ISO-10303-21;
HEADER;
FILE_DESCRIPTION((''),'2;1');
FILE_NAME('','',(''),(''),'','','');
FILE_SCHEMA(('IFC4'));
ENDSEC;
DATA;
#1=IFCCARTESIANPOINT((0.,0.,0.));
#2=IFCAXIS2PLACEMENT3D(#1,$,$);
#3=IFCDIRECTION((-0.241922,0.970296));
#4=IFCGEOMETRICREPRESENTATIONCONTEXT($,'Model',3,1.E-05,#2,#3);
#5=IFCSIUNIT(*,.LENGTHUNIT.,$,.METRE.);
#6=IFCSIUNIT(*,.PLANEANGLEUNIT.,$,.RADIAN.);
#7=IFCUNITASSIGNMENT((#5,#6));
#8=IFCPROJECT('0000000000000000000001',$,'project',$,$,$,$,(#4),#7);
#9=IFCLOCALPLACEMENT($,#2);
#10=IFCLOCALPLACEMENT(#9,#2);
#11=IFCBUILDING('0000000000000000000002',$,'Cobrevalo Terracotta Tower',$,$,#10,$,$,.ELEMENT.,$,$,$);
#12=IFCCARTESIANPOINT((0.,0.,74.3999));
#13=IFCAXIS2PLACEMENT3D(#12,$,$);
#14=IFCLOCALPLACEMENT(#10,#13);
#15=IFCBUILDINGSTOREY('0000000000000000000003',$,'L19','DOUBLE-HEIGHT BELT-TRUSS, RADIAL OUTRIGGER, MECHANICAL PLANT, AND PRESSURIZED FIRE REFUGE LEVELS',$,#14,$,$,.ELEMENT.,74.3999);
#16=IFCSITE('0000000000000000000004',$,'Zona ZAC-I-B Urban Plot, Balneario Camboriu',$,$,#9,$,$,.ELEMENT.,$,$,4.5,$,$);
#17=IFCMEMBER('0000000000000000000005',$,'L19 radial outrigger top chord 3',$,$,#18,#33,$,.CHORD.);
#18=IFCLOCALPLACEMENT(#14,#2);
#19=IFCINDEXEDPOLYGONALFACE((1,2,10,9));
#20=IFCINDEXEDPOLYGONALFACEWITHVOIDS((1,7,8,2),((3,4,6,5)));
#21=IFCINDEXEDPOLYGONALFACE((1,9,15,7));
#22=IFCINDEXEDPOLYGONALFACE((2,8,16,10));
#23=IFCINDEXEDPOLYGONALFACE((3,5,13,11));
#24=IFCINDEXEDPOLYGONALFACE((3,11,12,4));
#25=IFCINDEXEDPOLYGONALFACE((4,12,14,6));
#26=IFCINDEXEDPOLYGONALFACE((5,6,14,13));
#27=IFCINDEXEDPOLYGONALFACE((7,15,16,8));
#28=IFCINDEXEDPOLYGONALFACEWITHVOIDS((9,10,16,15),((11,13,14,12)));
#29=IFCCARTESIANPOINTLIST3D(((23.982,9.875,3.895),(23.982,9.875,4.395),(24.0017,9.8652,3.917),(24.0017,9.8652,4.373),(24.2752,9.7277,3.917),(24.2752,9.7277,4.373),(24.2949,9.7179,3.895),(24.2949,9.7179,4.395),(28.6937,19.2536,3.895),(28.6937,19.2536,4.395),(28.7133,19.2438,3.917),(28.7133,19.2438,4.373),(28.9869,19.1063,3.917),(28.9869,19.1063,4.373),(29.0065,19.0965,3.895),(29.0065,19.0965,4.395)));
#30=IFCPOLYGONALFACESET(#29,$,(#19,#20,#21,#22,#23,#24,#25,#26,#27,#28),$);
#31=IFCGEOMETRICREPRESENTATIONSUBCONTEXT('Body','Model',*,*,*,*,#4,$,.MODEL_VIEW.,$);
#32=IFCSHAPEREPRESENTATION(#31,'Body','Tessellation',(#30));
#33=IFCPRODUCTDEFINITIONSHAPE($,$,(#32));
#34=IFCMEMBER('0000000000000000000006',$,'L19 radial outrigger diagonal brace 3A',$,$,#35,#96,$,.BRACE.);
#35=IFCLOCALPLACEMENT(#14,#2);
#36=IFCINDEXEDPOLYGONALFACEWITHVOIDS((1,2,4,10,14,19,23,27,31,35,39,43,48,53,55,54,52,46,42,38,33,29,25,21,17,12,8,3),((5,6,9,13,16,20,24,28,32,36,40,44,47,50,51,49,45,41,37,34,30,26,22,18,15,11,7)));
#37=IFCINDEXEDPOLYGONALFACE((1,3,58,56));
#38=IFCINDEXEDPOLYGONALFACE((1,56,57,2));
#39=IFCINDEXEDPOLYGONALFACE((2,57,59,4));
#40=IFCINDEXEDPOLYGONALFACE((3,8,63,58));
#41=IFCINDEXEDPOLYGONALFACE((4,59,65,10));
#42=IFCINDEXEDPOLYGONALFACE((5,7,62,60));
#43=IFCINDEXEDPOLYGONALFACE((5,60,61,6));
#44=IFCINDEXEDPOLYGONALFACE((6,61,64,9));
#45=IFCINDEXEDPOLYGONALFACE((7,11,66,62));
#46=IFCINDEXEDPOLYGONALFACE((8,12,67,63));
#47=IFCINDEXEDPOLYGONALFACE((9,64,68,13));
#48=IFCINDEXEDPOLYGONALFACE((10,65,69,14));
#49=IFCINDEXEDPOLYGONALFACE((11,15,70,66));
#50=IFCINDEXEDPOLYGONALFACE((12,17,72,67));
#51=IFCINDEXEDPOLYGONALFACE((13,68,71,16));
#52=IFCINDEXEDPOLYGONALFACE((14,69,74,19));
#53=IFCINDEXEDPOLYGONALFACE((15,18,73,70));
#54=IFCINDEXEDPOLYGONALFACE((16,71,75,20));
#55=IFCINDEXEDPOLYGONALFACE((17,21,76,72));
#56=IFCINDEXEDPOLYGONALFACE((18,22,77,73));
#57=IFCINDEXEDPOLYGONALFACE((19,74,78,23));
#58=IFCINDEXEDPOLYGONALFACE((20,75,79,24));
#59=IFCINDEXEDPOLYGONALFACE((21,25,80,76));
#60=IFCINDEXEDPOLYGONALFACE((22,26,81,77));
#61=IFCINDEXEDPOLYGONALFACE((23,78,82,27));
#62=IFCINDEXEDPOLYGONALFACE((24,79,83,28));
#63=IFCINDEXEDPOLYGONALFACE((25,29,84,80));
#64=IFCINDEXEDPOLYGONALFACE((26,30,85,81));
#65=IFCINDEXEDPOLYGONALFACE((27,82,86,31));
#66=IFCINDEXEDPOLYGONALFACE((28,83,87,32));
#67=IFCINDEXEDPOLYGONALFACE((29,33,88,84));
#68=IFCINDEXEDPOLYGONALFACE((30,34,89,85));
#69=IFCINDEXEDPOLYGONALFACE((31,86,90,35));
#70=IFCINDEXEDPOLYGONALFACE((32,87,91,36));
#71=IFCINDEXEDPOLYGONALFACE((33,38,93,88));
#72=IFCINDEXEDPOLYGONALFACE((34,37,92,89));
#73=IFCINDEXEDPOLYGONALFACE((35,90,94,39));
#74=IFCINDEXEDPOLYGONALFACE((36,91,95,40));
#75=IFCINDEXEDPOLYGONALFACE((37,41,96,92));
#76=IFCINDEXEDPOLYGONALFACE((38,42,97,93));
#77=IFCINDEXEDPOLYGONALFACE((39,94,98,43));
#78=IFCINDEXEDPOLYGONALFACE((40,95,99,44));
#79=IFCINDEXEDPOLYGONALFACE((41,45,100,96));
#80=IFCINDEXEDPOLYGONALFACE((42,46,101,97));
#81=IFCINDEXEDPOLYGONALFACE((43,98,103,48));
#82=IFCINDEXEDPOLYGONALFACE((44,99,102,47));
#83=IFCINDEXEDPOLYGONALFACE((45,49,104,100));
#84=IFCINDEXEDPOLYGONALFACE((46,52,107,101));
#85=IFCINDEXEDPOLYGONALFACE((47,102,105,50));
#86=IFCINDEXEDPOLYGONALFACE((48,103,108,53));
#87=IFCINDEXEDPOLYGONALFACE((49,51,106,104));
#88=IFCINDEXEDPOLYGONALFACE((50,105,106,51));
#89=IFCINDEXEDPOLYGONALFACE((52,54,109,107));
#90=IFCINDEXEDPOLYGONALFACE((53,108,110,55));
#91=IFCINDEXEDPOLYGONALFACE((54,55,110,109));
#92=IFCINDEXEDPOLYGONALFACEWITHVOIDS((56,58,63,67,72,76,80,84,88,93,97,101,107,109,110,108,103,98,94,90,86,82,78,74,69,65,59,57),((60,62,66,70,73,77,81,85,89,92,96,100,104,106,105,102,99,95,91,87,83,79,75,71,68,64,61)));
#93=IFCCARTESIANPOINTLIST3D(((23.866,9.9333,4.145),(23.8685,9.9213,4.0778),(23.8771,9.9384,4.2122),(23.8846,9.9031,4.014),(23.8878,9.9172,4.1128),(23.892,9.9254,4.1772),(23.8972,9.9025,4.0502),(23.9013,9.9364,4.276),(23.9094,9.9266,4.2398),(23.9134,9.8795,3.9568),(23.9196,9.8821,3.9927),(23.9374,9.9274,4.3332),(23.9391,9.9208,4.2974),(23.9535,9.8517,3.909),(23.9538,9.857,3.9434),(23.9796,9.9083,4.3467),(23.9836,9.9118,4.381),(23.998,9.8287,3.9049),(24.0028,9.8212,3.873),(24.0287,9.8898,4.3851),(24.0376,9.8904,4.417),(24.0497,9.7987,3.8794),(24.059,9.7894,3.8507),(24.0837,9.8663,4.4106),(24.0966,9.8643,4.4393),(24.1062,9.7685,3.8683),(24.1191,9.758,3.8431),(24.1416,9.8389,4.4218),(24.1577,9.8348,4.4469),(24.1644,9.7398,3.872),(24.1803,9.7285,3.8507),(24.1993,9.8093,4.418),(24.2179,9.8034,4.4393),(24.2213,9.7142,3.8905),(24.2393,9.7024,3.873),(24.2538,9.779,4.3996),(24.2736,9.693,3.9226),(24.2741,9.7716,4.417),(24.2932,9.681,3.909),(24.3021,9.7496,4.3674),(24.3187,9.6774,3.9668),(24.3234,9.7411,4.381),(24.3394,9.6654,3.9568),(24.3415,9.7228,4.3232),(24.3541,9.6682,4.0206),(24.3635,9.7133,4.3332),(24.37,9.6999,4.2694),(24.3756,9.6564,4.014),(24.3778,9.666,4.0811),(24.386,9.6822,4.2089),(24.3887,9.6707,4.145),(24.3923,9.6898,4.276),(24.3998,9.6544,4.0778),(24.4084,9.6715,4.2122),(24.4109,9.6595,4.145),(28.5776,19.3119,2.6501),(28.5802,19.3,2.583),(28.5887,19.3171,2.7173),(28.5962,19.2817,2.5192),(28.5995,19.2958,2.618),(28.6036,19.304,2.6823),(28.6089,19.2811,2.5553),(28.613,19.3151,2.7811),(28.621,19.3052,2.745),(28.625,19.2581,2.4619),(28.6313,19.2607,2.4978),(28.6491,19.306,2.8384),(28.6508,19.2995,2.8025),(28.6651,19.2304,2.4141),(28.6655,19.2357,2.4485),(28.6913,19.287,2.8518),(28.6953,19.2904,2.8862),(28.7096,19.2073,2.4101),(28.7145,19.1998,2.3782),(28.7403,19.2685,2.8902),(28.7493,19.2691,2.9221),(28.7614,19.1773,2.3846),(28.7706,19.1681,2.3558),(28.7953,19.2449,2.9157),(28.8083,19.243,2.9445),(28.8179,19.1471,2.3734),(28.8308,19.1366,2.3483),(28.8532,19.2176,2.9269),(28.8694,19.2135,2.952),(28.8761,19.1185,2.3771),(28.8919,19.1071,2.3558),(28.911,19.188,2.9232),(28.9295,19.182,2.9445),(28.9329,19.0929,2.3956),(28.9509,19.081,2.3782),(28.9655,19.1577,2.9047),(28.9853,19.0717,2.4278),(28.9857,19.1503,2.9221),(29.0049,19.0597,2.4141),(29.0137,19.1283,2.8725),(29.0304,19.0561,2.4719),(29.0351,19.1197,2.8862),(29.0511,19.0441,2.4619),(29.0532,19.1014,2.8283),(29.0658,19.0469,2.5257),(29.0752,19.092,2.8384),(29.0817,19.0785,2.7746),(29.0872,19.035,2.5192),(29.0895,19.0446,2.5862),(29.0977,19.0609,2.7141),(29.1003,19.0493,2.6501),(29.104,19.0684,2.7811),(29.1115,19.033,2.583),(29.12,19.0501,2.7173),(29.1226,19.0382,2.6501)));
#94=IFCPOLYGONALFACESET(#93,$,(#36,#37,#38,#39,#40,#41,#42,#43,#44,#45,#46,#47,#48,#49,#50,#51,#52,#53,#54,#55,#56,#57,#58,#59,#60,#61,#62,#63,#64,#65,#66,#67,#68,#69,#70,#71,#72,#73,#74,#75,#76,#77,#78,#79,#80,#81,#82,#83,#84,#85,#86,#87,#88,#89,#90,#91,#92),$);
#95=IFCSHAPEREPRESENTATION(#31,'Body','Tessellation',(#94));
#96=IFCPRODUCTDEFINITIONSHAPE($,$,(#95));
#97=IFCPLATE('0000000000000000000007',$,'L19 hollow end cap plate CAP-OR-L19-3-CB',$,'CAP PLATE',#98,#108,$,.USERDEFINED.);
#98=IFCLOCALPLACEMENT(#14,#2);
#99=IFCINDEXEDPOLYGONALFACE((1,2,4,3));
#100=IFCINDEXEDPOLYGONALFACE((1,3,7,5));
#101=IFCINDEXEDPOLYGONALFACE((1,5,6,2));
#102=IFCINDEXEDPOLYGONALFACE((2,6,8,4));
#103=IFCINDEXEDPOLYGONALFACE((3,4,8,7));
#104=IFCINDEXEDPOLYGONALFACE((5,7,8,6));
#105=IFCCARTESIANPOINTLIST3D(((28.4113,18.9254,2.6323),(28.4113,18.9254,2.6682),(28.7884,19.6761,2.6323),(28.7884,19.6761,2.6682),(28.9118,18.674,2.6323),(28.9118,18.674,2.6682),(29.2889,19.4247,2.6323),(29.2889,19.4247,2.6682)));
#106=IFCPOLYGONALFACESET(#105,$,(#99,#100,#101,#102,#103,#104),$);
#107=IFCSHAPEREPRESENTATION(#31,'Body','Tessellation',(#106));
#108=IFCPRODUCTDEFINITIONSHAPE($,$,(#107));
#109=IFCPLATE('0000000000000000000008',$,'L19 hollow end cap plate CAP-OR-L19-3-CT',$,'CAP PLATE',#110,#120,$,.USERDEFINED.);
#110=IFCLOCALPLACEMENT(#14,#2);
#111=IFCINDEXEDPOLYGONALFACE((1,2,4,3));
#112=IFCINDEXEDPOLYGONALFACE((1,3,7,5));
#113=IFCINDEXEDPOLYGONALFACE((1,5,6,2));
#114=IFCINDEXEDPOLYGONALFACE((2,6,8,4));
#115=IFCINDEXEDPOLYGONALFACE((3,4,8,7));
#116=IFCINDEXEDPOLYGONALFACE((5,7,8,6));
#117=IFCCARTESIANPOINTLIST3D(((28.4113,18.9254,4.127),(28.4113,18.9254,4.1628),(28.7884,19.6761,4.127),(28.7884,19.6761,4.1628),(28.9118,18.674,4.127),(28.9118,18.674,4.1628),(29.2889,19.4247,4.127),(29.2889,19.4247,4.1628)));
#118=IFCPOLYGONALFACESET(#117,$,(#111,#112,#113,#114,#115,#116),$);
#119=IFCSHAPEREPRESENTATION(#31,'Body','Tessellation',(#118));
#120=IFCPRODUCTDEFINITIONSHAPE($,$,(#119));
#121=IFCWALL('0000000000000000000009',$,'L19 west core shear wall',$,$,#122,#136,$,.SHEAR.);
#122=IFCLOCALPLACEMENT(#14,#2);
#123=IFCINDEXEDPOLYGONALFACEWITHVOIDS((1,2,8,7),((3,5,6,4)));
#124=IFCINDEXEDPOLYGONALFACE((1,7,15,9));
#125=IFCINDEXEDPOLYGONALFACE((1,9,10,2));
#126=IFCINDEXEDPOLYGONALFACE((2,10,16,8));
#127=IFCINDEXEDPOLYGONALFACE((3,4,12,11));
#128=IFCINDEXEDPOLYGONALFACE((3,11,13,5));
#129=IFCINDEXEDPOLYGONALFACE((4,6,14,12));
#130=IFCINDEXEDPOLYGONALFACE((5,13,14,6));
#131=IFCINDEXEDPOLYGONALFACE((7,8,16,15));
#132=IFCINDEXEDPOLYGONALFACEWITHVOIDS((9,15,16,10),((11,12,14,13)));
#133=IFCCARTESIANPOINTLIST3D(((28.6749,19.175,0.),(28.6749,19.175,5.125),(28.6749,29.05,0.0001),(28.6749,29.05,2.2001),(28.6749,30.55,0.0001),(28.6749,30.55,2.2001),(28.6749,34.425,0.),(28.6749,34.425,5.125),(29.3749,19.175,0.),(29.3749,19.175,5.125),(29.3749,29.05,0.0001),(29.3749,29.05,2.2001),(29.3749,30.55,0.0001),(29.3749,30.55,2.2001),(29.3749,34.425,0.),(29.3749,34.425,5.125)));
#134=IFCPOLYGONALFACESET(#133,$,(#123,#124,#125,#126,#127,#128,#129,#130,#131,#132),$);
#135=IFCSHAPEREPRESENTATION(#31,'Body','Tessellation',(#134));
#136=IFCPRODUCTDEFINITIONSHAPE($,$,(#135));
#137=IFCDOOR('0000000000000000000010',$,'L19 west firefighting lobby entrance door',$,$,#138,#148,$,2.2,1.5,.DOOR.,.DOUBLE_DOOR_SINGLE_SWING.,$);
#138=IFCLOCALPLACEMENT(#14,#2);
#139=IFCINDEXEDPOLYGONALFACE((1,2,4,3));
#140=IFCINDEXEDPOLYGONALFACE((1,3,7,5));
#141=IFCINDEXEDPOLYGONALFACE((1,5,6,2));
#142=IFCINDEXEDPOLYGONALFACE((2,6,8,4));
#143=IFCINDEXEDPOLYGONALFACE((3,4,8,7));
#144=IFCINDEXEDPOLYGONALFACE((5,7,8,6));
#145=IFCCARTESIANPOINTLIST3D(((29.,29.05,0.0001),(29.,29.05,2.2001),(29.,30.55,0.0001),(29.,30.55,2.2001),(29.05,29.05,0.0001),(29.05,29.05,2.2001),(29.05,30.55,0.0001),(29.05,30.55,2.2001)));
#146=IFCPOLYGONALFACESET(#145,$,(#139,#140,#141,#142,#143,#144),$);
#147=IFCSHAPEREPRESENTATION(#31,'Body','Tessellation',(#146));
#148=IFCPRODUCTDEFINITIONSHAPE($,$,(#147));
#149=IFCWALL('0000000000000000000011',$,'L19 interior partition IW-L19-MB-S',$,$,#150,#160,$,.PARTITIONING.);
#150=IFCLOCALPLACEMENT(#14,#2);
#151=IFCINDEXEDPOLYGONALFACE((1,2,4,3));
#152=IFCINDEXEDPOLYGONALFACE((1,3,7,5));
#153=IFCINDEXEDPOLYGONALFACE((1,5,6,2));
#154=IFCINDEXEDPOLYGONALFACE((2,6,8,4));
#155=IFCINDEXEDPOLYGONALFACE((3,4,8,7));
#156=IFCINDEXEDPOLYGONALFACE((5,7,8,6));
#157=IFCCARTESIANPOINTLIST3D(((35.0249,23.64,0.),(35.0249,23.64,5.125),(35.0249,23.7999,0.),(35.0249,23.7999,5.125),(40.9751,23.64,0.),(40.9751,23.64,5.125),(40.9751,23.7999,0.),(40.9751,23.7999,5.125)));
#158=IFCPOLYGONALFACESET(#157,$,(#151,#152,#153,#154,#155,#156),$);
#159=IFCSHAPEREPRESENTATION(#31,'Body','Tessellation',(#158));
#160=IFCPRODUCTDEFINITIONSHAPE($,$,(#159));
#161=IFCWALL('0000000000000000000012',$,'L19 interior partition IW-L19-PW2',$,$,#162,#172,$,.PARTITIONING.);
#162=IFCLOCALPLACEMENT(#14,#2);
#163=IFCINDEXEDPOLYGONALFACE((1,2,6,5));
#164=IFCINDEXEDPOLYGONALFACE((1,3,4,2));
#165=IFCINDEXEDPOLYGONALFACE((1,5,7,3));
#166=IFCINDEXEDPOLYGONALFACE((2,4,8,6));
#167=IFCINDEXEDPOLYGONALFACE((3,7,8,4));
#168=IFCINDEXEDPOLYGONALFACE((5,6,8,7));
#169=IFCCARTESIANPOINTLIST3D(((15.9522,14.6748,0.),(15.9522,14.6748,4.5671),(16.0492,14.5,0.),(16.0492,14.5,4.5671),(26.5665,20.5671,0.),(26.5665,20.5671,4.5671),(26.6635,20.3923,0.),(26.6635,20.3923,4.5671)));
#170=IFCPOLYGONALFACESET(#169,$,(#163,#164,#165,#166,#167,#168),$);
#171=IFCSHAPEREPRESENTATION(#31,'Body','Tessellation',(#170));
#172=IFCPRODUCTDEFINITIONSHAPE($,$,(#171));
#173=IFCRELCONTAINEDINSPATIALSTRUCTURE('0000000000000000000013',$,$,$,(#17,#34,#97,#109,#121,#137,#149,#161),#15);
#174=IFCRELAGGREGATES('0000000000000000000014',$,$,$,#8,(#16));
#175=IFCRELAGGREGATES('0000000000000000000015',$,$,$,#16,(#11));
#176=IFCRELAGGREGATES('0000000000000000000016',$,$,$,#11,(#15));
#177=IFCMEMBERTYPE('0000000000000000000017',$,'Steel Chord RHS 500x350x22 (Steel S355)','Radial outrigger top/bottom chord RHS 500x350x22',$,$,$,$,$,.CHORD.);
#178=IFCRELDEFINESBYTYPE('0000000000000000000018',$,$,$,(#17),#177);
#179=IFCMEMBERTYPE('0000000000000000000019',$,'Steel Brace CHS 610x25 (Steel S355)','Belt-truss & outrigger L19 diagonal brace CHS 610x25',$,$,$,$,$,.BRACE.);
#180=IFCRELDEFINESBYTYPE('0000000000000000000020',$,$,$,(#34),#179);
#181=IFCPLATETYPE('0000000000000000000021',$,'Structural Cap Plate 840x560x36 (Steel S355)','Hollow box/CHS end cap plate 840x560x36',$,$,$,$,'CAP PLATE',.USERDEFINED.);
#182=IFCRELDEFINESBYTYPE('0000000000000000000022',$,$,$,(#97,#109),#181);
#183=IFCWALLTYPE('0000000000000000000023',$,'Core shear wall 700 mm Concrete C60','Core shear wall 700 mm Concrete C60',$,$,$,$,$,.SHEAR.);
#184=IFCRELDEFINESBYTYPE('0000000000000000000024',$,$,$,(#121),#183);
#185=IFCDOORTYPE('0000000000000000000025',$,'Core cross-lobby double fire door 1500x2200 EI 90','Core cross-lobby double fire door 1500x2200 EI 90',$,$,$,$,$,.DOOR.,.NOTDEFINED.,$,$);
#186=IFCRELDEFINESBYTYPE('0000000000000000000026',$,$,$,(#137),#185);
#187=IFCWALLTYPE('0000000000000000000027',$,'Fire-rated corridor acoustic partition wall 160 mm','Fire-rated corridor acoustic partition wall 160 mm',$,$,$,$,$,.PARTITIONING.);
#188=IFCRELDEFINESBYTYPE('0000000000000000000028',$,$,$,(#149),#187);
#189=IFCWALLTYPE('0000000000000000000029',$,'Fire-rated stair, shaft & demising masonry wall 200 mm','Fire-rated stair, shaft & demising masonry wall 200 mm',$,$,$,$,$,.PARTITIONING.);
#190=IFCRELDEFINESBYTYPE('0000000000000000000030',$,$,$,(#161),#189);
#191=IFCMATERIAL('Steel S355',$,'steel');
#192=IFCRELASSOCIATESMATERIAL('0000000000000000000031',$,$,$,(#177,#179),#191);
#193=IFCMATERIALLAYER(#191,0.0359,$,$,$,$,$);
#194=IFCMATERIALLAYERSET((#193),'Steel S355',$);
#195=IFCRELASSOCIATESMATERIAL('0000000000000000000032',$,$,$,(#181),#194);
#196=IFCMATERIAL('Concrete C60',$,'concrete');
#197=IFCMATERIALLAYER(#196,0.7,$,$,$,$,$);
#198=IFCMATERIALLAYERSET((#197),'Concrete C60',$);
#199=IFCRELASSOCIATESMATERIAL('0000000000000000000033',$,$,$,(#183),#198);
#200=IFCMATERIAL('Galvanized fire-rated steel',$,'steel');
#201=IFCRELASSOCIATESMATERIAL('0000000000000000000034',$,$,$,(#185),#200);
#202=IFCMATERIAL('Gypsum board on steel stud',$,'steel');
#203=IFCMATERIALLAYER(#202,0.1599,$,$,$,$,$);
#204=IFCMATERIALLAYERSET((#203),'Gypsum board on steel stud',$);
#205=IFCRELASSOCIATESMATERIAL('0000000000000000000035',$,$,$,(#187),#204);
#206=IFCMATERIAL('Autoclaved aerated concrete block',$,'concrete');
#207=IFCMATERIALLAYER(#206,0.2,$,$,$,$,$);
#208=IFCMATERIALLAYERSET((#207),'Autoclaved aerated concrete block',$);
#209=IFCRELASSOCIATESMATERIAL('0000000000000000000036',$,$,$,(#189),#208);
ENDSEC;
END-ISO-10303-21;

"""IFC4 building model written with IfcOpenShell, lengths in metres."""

from ifc_helpers import new_model, si_unit, direction, frame, frame_2d, origin, origin_2d, place, context, subcontext, project, spatial, rectangle, hollow_rectangle, hollow_circle, extrude, source, transform, mapped, material, layer, layer_set, material_profile, profile_set, type_object, element, fill, save


model = new_model("IFC4")

# Units and contexts
model_context = context("Model", 3, precision=1e-05, world=origin(), true_north=direction((-0.241922, 0.970296)))
body_context = subcontext(model_context, "Body", "Model", "MODEL_VIEW")
ifc_project = project(units=[si_unit("LENGTHUNIT", "METRE"), si_unit("PLANEANGLEUNIT", "RADIAN")], contexts=[model_context])

# Site, building, storey
site_placement = place(None, origin())
site = spatial("IfcSite", under=ifc_project, at=site_placement, Name="Zona ZAC-I-B Urban Plot, Balneario Camboriu", CompositionType="ELEMENT", RefElevation=4.5)
building_placement = place(site_placement, origin())
building = spatial("IfcBuilding", under=site, at=building_placement, Name="Cobrevalo Terracotta Tower", CompositionType="ELEMENT")
storey_placement = place(building_placement, frame((0.0, 0.0, 74.3999)))
storey = spatial("IfcBuildingStorey", under=building, at=storey_placement, Name="L19", Description="DOUBLE-HEIGHT BELT-TRUSS, RADIAL OUTRIGGER, MECHANICAL PLANT, AND PRESSURIZED FIRE REFUGE LEVELS", CompositionType="ELEMENT", Elevation=74.3999)

# Members
ifc_material_1 = material(Name="Steel S355", Category="steel")
ifc_material_profile_1 = material_profile(ifc_material_1, hollow_rectangle(XDim=0.3501, YDim=0.5, WallThickness=0.022, at=origin_2d()), Name="RHS 500x350x22")
ifc_profile_set_1 = profile_set([ifc_material_profile_1], Name="Steel S355")
member_type_1 = type_object("IfcMemberType", Name="Steel Chord RHS 500x350x22 (Steel S355)", Description="Radial outrigger top/bottom chord RHS 500x350x22", PredefinedType="CHORD", material=ifc_profile_set_1)
shared_shape_1 = source(origin(), body_context, "Body", "SweptSolid", [
    extrude(hollow_rectangle(XDim=0.3501, YDim=0.5, WallThickness=0.022, at=origin_2d()), origin(), (0.0, 0.0, 1.0), 10.4956),
])
member_1_placement = place(storey_placement, frame((28.8501, 19.175, 4.145), z_axis=(-0.448915, -0.893574, 0.0), x_axis=(0.893574, -0.448915, 0.0)))
element("IfcMember", 1, at=member_1_placement, inside=storey, type_object=member_type_1, Name="L19 radial outrigger top chord 3", PredefinedType="CHORD", context=body_context, shape_type="MappedRepresentation", body=[
    mapped(shared_shape_1, transform((0.0, 0.0, 0.0), scale=1.0)),
])
ifc_material_profile_2 = material_profile(ifc_material_1, hollow_circle(Radius=0.3049, WallThickness=0.0249, at=origin_2d()), Name="CHS 610x25")
ifc_profile_set_2 = profile_set([ifc_material_profile_2], Name="Steel S355")
member_type_2 = type_object("IfcMemberType", Name="Steel Brace CHS 610x25 (Steel S355)", Description="Belt-truss & outrigger L19 diagonal brace CHS 610x25", PredefinedType="BRACE", material=ifc_profile_set_2)
shared_shape_2 = source(origin(), body_context, "Body", "SweptSolid", [
    extrude(hollow_circle(Radius=0.3049, WallThickness=0.0249, at=origin_2d()), origin(), (0.0, 0.0, 1.0), 10.6016),
])
member_2_placement = place(storey_placement, frame((28.8501, 19.175, 2.6501), z_axis=(-0.44443, -0.884646, 0.141005), x_axis=(0.893574, -0.448915, 0.0)))
element("IfcMember", 2, at=member_2_placement, inside=storey, type_object=member_type_2, Name="L19 radial outrigger diagonal brace 3A", PredefinedType="BRACE", context=body_context, shape_type="MappedRepresentation", body=[
    mapped(shared_shape_2, transform((0.0, 0.0, 0.0), scale=1.0)),
])

# Plates
ifc_layer_1 = layer(ifc_material_1, 0.0359)
ifc_layer_set_1 = layer_set([ifc_layer_1], Name="Steel S355")
plate_type = type_object("IfcPlateType", Name="Structural Cap Plate 840x560x36 (Steel S355)", Description="Hollow box/CHS end cap plate 840x560x36", ElementType="CAP PLATE", PredefinedType="USERDEFINED", material=ifc_layer_set_1)
shared_shape_3 = source(origin(), body_context, "Body", "SweptSolid", [
    extrude(rectangle(XDim=0.8401, YDim=0.5601, at=origin_2d()), origin(), (0.0, 0.0, 1.0), 0.0359),
])
for number, where, z_axis, x_axis, name in (
    (3, (28.8501, 19.175, 2.6323), (0.0, 0.0, 1.0), (-0.448904, -0.89358, 0.0), "L19 hollow end cap plate CAP-OR-L19-3-CB"),
    (4, (28.8501, 19.175, 4.127), (0.0, 0.0, 1.0), (-0.448904, -0.89358, 0.0), "L19 hollow end cap plate CAP-OR-L19-3-CT"),
):
    element("IfcPlate", number, at=place(storey_placement, frame(where, z_axis=z_axis, x_axis=x_axis)), inside=storey, type_object=plate_type, Name=name, ObjectType="CAP PLATE", PredefinedType="USERDEFINED", context=body_context, shape_type="MappedRepresentation", body=[
        mapped(shared_shape_3, transform((0.0, 0.0, 0.0), scale=1.0)),
    ])

# Wall, opening, door
ifc_material_2 = material(Name="Concrete C60", Category="concrete")
ifc_layer_2 = layer(ifc_material_2, 0.7)
ifc_layer_set_2 = layer_set([ifc_layer_2], Name="Concrete C60")
wall_type_1 = type_object("IfcWallType", Name="Core shear wall 700 mm Concrete C60", Description="Core shear wall 700 mm Concrete C60", PredefinedType="SHEAR", material=ifc_layer_set_2)
wall_1_placement = place(storey_placement, frame((29.0249, 19.175, 0.0), z_axis=(0.0, 0.0, 1.0), x_axis=(0.0, 1.0, 0.0)))
wall_1 = element("IfcWall", 5, at=wall_1_placement, inside=storey, type_object=wall_type_1, Name="L19 west core shear wall", PredefinedType="SHEAR", context=body_context, shape_type="SweptSolid", body=[
    extrude(rectangle(XDim=15.25, YDim=0.7, at=frame_2d((7.625, 0.0))), origin(), (0.0, 0.0, 1.0), 5.125),
])
opening_1_placement = place(wall_1_placement, frame((9.875, 0.0, 0.0)))
opening_1 = element("IfcOpeningElement", 6, at=opening_1_placement, cuts=wall_1, PredefinedType="OPENING", context=body_context, shape_type="SweptSolid", body=[
    extrude(rectangle(XDim=1.5, YDim=2.2, at=frame_2d((0.75, 1.1001))), frame((0.0, 0.3599, 0.0), z_axis=(0.0, -1.0, 0.0), x_axis=(1.0, 0.0, 0.0)), (0.0, 0.0, 1.0), 0.72),
])
ifc_material_3 = material(Name="Galvanized fire-rated steel", Category="steel")
door_type_1 = type_object("IfcDoorType", Name="Core cross-lobby double fire door 1500x2200 EI 90", Description="Core cross-lobby double fire door 1500x2200 EI 90", OperationType="NOTDEFINED", PredefinedType="DOOR", material=ifc_material_3)
shared_shape_4 = source(origin(), body_context, "Body", "SweptSolid", [
    extrude(rectangle(XDim=1.5, YDim=2.2, at=frame_2d((0.75, 1.1001))), frame((0.0, 0.0249, 0.0), z_axis=(0.0, -1.0, 0.0), x_axis=(1.0, 0.0, 0.0)), (0.0, 0.0, 1.0), 0.05),
])
door_1_placement = place(opening_1_placement, origin())
door_1 = element("IfcDoor", 7, at=door_1_placement, inside=storey, type_object=door_type_1, Name="L19 west firefighting lobby entrance door", OperationType="DOUBLE_DOOR_SINGLE_SWING", OverallHeight=2.2, OverallWidth=1.5, PredefinedType="DOOR", context=body_context, shape_type="MappedRepresentation", body=[
    mapped(shared_shape_4, transform((0.0, 0.0, 0.0), scale=1.0)),
])
fill(opening_1, door_1)

# Walls
ifc_material_4 = material(Name="Gypsum board on steel stud", Category="steel")
ifc_layer_3 = layer(ifc_material_4, 0.1599)
ifc_layer_set_3 = layer_set([ifc_layer_3], Name="Gypsum board on steel stud")
wall_type_2 = type_object("IfcWallType", Name="Fire-rated corridor acoustic partition wall 160 mm", Description="Fire-rated corridor acoustic partition wall 160 mm", PredefinedType="PARTITIONING", material=ifc_layer_set_3)
wall_2_placement = place(storey_placement, frame((35.0249, 23.72, 0.0), z_axis=(0.0, 0.0, 1.0), x_axis=(1.0, 0.0, 0.0)))
element("IfcWall", 8, at=wall_2_placement, inside=storey, type_object=wall_type_2, Name="L19 interior partition IW-L19-MB-S", PredefinedType="PARTITIONING", context=body_context, shape_type="SweptSolid", body=[
    extrude(rectangle(XDim=5.9502, YDim=0.1599, at=frame_2d((2.9751, 0.0))), origin(), (0.0, 0.0, 1.0), 5.125),
])
ifc_material_5 = material(Name="Autoclaved aerated concrete block", Category="concrete")
ifc_layer_4 = layer(ifc_material_5, 0.2)
ifc_layer_set_4 = layer_set([ifc_layer_4], Name="Autoclaved aerated concrete block")
wall_type_3 = type_object("IfcWallType", Name="Fire-rated stair, shaft & demising masonry wall 200 mm", Description="Fire-rated stair, shaft & demising masonry wall 200 mm", PredefinedType="PARTITIONING", material=ifc_layer_set_4)
wall_3_placement = place(storey_placement, frame((26.615, 20.4797, 0.0), z_axis=(0.0, 0.0, 1.0), x_axis=(-0.874314, -0.485361, 0.0)))
element("IfcWall", 9, at=wall_3_placement, inside=storey, type_object=wall_type_3, Name="L19 interior partition IW-L19-PW2", PredefinedType="PARTITIONING", context=body_context, shape_type="SweptSolid", body=[
    extrude(rectangle(XDim=12.1401, YDim=0.2, at=frame_2d((6.0701, 0.0))), origin(), (0.0, 0.0, 1.0), 4.5671),
])

save(model, "model.ifc")
